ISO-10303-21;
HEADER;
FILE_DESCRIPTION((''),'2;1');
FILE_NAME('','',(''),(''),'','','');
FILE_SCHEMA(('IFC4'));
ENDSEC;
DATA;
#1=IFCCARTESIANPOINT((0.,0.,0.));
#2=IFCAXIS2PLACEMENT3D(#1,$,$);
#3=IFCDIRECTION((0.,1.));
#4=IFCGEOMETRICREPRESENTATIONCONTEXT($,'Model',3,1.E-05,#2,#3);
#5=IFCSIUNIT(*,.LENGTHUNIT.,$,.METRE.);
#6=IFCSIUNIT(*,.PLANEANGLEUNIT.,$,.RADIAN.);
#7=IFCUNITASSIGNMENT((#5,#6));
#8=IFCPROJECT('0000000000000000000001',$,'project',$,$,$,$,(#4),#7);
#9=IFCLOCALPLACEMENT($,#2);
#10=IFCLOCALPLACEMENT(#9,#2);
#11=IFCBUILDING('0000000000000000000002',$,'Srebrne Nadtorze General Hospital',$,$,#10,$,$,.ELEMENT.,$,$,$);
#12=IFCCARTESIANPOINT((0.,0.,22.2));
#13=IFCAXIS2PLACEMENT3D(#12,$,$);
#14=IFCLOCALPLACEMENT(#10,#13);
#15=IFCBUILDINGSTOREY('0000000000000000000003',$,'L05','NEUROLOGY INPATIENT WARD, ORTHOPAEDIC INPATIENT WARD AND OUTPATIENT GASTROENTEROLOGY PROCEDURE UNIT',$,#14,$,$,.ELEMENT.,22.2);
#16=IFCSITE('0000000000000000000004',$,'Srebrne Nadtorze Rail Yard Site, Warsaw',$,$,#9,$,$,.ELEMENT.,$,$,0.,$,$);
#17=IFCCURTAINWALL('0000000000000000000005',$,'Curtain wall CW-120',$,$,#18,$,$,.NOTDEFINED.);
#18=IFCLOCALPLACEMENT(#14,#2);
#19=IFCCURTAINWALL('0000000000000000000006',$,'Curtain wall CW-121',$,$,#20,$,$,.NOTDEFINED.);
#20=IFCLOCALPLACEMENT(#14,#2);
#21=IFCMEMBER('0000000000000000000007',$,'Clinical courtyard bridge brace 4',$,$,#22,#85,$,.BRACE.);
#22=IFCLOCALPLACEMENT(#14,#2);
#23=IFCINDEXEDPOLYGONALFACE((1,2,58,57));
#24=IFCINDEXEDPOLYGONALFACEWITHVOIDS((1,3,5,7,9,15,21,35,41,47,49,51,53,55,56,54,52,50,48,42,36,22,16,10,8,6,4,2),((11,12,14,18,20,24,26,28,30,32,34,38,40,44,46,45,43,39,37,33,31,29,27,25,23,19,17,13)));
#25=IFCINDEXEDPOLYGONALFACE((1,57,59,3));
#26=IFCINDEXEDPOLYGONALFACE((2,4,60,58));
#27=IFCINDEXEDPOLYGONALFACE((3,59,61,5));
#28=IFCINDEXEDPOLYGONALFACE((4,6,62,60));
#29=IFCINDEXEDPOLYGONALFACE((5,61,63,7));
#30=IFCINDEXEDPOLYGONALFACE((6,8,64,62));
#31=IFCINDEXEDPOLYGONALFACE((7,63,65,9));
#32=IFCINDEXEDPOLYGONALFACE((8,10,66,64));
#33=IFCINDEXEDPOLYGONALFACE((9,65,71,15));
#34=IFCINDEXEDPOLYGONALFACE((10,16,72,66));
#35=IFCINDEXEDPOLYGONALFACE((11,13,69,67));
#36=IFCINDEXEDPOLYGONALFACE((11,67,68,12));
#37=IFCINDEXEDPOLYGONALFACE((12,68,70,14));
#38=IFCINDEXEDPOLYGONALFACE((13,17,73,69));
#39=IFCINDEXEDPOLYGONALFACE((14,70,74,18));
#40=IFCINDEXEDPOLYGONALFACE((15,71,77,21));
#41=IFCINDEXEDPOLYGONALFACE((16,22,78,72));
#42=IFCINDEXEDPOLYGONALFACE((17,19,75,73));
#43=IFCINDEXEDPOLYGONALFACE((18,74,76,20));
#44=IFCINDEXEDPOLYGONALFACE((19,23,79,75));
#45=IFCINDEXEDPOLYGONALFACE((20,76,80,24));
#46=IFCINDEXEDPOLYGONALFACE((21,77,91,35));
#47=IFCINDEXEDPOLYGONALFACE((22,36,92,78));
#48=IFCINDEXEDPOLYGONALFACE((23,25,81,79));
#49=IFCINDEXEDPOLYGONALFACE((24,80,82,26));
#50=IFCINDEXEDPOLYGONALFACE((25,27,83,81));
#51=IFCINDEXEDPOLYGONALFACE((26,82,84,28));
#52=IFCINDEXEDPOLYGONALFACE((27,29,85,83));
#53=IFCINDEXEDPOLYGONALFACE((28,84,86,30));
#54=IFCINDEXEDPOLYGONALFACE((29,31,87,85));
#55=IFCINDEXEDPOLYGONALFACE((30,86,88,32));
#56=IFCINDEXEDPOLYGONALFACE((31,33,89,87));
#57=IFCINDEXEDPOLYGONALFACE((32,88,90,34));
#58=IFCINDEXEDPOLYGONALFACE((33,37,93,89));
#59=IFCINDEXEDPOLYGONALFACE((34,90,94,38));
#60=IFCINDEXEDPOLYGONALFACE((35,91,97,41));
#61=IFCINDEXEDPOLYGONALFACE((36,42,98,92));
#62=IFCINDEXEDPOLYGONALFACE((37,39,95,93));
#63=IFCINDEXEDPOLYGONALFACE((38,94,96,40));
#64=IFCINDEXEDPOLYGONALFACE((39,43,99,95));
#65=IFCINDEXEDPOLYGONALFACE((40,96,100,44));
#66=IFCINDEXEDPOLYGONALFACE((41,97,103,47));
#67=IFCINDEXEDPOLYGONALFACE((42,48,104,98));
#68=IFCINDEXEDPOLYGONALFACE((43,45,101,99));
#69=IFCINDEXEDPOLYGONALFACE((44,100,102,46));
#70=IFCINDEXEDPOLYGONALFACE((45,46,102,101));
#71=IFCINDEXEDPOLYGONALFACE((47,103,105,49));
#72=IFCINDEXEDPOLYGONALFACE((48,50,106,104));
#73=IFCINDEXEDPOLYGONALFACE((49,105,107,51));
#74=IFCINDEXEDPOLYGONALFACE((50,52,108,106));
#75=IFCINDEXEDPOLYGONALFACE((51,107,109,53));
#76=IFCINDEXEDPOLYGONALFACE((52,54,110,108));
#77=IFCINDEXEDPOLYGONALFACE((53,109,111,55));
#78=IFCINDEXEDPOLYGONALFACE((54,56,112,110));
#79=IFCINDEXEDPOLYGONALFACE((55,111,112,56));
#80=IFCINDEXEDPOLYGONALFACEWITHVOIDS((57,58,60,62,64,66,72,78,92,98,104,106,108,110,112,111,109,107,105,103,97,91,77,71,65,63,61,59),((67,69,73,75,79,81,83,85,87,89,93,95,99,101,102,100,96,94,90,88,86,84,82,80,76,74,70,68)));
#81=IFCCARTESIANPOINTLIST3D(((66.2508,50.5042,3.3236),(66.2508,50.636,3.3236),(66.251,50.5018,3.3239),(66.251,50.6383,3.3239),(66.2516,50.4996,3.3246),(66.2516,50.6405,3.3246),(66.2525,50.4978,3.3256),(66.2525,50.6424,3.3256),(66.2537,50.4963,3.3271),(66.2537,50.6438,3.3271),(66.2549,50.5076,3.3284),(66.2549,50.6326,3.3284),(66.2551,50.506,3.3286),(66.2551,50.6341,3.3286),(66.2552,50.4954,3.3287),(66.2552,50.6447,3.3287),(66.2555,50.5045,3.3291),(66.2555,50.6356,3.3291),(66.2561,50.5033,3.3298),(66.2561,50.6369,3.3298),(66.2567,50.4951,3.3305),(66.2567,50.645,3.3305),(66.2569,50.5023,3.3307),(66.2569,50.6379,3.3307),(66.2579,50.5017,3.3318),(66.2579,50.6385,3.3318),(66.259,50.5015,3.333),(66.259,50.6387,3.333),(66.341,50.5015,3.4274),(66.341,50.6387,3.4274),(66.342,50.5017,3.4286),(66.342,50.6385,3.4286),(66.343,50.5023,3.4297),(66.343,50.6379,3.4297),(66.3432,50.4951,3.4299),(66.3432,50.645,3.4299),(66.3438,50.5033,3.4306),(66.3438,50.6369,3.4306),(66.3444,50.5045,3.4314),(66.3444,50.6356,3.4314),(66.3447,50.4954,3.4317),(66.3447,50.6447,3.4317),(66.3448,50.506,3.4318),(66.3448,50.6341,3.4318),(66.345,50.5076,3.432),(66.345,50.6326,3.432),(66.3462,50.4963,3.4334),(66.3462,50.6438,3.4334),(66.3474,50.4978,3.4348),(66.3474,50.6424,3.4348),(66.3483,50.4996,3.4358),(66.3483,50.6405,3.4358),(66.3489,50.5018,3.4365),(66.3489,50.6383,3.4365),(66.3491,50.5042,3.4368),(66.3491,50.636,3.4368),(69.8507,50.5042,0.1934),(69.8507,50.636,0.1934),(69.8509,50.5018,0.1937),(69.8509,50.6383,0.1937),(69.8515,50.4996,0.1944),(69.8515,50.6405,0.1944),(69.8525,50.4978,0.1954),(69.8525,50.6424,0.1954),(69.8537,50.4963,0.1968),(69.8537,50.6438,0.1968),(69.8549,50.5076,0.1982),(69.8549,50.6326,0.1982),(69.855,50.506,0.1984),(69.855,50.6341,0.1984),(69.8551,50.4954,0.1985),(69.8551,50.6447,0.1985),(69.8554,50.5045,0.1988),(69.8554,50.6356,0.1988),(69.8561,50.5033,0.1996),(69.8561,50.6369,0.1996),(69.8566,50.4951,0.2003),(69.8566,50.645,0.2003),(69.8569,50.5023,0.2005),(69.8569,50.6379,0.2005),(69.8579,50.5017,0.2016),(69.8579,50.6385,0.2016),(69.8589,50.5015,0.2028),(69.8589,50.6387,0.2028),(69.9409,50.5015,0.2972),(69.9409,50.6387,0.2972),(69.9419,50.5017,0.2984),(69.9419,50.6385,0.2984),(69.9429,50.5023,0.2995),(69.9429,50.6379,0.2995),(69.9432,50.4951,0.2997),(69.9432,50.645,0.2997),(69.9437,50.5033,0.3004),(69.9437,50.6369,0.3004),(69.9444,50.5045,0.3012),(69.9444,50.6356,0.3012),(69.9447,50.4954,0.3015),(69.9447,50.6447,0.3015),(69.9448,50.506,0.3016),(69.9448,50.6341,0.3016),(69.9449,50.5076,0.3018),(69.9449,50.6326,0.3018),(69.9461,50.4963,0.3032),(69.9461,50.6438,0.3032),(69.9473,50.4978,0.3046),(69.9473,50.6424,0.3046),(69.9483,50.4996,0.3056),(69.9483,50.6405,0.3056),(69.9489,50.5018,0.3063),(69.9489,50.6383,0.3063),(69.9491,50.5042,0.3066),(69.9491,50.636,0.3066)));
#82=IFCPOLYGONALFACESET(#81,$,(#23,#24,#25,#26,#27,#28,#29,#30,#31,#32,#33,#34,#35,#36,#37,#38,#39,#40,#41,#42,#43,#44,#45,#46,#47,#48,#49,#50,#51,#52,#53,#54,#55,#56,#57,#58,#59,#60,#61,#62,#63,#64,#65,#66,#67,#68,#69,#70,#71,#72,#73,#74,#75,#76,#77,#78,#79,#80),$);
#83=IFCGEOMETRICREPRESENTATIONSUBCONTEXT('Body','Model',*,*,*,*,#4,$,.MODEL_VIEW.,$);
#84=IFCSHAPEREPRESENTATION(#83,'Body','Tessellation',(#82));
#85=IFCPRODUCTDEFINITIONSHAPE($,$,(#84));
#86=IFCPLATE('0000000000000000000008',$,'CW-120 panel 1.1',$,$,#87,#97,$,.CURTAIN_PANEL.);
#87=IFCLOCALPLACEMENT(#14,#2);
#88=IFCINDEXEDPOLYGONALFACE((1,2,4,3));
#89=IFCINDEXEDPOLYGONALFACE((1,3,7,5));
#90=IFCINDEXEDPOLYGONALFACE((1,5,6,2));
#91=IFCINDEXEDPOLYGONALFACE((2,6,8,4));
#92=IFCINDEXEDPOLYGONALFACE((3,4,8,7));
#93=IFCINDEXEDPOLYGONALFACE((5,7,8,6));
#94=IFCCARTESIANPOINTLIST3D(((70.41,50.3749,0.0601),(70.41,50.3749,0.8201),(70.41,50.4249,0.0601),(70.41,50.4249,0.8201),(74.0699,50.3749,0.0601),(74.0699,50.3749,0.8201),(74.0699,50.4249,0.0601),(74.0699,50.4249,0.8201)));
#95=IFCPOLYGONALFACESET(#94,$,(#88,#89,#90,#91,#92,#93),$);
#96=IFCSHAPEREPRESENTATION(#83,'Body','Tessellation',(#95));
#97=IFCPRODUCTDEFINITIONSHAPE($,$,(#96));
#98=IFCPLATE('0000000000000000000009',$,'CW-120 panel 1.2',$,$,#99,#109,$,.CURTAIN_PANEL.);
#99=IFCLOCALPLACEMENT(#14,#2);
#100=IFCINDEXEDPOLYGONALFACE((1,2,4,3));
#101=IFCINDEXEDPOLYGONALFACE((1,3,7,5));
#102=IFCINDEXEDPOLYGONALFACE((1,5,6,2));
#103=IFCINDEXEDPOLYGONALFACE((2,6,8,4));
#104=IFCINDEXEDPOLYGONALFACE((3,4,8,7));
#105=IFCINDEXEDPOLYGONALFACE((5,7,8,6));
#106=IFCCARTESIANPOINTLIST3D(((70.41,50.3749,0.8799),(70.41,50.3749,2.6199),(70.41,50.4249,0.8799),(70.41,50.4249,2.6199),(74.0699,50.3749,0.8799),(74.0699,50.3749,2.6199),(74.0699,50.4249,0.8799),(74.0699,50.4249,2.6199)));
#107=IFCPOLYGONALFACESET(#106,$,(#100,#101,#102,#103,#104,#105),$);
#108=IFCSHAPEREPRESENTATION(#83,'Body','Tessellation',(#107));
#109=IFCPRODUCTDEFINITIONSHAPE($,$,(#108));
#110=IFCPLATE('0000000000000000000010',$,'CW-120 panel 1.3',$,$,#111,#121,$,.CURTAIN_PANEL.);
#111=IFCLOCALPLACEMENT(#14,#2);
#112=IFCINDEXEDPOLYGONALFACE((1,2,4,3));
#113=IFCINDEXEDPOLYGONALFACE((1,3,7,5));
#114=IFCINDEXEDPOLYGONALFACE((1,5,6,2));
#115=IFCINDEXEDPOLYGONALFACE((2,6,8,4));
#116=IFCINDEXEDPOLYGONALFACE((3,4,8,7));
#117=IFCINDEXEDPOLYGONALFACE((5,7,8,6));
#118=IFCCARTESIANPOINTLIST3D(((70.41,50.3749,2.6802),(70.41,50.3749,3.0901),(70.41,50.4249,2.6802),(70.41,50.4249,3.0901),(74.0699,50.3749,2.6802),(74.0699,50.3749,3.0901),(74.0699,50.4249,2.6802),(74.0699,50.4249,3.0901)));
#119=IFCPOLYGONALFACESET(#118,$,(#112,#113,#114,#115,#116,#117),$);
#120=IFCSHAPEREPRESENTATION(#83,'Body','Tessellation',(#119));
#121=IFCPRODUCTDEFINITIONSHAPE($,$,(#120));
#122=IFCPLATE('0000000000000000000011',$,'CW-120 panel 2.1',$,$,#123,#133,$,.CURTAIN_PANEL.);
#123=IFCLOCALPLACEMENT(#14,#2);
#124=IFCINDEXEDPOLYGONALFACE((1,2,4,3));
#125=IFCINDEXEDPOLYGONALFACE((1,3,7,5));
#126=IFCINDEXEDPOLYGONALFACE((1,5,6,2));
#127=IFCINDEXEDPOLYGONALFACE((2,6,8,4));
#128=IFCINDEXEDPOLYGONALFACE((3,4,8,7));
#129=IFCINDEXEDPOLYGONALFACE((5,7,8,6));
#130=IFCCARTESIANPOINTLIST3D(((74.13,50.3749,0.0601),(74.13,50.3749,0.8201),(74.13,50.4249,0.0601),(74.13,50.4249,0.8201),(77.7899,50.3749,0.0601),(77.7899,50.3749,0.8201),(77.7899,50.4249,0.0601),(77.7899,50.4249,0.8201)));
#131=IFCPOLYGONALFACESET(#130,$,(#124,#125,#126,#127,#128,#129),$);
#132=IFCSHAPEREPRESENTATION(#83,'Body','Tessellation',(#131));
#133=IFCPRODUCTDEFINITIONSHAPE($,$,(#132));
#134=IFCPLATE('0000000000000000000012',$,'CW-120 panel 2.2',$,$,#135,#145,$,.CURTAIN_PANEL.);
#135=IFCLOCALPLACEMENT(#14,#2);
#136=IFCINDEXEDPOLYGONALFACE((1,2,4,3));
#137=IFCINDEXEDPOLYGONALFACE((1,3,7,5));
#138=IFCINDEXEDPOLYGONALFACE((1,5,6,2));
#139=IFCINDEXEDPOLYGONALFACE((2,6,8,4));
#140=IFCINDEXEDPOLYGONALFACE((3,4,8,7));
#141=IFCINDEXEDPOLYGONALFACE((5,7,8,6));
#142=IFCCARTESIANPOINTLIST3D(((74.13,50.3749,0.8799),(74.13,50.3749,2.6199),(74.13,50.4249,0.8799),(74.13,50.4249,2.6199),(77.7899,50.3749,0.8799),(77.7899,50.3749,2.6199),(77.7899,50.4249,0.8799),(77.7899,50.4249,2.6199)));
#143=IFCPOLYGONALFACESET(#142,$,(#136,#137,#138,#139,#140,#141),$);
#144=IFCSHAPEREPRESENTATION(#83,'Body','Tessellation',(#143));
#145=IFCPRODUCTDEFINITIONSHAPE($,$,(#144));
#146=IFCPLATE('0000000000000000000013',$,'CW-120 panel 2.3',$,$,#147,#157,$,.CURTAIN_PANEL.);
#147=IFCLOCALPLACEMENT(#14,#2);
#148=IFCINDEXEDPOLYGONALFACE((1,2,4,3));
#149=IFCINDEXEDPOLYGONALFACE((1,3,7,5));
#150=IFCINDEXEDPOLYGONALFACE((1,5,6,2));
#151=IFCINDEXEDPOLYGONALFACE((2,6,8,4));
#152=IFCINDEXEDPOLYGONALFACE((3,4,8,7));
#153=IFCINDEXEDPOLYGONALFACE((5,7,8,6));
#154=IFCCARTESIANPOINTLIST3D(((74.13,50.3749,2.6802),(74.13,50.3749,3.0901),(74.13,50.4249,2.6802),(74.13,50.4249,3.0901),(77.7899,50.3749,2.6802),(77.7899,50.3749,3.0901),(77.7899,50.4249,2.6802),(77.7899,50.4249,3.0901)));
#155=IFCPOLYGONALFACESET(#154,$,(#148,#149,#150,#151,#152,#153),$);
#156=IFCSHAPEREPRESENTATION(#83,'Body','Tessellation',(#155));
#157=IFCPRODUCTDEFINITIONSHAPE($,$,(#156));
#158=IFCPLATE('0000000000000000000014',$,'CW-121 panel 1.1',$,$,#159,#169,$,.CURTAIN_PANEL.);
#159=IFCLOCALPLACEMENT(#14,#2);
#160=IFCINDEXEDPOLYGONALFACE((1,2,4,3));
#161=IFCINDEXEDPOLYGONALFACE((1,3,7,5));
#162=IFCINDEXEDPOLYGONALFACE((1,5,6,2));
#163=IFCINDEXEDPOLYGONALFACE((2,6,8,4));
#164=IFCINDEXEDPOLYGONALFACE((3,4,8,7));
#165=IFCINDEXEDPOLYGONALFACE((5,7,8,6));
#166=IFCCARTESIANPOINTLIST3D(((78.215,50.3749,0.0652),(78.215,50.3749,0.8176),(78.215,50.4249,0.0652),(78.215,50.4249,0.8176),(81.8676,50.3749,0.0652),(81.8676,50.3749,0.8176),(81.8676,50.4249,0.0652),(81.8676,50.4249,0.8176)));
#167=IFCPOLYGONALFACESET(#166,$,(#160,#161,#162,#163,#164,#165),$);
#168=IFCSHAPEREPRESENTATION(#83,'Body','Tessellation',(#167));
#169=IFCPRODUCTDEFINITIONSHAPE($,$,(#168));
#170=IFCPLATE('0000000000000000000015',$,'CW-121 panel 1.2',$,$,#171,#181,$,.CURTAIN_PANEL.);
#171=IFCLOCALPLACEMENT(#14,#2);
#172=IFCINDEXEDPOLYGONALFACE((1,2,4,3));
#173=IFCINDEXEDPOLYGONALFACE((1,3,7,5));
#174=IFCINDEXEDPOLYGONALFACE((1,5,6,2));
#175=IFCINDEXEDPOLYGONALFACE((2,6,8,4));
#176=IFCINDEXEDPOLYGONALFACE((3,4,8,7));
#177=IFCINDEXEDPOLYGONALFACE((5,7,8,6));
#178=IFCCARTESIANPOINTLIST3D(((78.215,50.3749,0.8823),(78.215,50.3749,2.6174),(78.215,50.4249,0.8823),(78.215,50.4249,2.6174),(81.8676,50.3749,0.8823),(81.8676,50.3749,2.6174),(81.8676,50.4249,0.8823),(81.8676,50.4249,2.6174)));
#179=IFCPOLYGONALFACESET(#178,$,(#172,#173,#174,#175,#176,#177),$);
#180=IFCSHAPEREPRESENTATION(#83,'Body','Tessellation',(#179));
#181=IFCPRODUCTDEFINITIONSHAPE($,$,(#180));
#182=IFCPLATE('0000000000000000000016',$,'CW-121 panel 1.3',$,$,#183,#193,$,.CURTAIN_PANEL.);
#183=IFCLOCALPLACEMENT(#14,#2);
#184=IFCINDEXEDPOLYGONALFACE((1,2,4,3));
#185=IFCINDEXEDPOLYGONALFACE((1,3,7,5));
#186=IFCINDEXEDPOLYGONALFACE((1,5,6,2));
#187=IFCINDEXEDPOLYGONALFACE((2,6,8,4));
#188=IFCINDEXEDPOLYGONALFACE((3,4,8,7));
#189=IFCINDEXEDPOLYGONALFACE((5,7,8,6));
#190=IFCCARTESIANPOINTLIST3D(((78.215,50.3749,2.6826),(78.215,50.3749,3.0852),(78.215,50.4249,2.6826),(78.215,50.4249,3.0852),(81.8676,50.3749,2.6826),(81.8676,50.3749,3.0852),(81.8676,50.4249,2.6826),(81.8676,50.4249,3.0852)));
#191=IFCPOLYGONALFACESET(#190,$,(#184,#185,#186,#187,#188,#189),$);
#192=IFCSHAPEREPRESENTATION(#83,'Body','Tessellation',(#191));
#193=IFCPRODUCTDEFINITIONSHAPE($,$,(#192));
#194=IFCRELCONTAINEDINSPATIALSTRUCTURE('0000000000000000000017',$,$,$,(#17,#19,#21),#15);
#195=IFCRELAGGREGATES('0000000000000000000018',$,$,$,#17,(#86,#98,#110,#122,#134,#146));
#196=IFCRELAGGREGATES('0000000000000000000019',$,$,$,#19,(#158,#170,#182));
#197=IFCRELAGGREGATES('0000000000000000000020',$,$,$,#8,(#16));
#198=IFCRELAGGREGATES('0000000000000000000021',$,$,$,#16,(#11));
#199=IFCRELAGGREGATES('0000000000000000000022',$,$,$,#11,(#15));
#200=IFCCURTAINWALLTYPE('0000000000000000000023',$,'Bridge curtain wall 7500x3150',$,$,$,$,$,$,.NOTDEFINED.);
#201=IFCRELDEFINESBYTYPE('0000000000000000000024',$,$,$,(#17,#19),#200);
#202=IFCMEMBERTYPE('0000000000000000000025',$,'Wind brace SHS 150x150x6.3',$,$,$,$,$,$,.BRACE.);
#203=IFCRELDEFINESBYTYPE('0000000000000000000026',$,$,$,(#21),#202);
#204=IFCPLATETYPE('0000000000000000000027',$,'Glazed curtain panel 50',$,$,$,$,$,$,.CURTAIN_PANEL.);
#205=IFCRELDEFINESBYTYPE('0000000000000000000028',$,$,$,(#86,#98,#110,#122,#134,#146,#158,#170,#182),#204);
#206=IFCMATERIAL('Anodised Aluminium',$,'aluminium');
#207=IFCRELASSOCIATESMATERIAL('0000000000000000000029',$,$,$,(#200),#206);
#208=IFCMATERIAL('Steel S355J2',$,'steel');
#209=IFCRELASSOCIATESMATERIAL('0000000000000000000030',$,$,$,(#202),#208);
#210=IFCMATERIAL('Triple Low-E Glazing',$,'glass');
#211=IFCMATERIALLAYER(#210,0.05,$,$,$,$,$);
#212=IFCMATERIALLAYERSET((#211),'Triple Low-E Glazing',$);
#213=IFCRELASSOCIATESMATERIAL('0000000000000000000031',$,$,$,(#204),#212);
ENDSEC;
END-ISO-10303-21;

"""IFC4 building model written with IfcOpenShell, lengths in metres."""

from ifc_helpers import new_model, si_unit, direction, frame, origin, origin_2d, place, context, subcontext, project, spatial, rectangle, hollow_rectangle, extrude, material, layer, layer_set, material_profile, profile_set, type_object, element, aggregate, save


model = new_model("IFC4")

# Units and contexts
model_context = context("Model", 3, precision=1e-05, world=origin(), true_north=direction((0.0, 1.0)))
body_context = subcontext(model_context, "Body", "Model", "MODEL_VIEW")
ifc_project = project(units=[si_unit("LENGTHUNIT", "METRE"), si_unit("PLANEANGLEUNIT", "RADIAN")], contexts=[model_context])

# Site, building, storey
site_placement = place(None, origin())
site = spatial("IfcSite", under=ifc_project, at=site_placement, Name="Srebrne Nadtorze Rail Yard Site, Warsaw", CompositionType="ELEMENT", RefElevation=0.0)
building_placement = place(site_placement, origin())
building = spatial("IfcBuilding", under=site, at=building_placement, Name="Srebrne Nadtorze General Hospital", CompositionType="ELEMENT")
storey_placement = place(building_placement, frame((0.0, 0.0, 22.2)))
storey = spatial("IfcBuildingStorey", under=building, at=storey_placement, Name="L05", Description="NEUROLOGY INPATIENT WARD, ORTHOPAEDIC INPATIENT WARD AND OUTPATIENT GASTROENTEROLOGY PROCEDURE UNIT", CompositionType="ELEMENT", Elevation=22.2)

# Curtain wall
ifc_material_1 = material(Name="Anodised Aluminium", Category="aluminium")
curtain_wall_type = type_object("IfcCurtainWallType", Name="Bridge curtain wall 7500x3150", PredefinedType="NOTDEFINED", material=ifc_material_1)
curtain_wall_1_placement = place(storey_placement, origin())
curtain_wall_1 = element("IfcCurtainWall", 1, at=curtain_wall_1_placement, inside=storey, type_object=curtain_wall_type, Name="Curtain wall CW-120", PredefinedType="NOTDEFINED")

# Curtain wall
curtain_wall_2_placement = place(storey_placement, origin())
curtain_wall_2 = element("IfcCurtainWall", 2, at=curtain_wall_2_placement, inside=storey, type_object=curtain_wall_type, Name="Curtain wall CW-121", PredefinedType="NOTDEFINED")

# Member
ifc_material_2 = material(Name="Steel S355J2", Category="steel")
ifc_material_profile_1 = material_profile(ifc_material_2, hollow_rectangle(XDim=0.1499, YDim=0.1499, WallThickness=0.0063, InnerFilletRadius=0.0061, OuterFilletRadius=0.009, at=origin_2d()), Name="SHS-150x150x6.3")
ifc_profile_set_1 = profile_set([ifc_material_profile_1], Name="Steel S355J2")
member_type_1 = type_object("IfcMemberType", Name="Wind brace SHS 150x150x6.3", PredefinedType="BRACE", material=ifc_profile_set_1)
member_1_placement = place(storey_placement, frame((69.8999, 50.5701, 0.25), z_axis=(-0.754624, 0.0, 0.656157), x_axis=(0.0, -1.0, 0.0)))
element("IfcMember", 3, at=member_1_placement, inside=storey, type_object=member_type_1, Name="Clinical courtyard bridge brace 4", PredefinedType="BRACE", context=body_context, shape_type="SweptSolid", body=[
    extrude(hollow_rectangle(XDim=0.1499, YDim=0.1499, WallThickness=0.0063, InnerFilletRadius=0.0061, OuterFilletRadius=0.009, at=origin_2d()), origin(), (0.0, 0.0, 1.0), 4.7705),
])

# Plates
ifc_material_3 = material(Name="Triple Low-E Glazing", Category="glass")
ifc_layer = layer(ifc_material_3, 0.05)
ifc_layer_set = layer_set([ifc_layer], Name="Triple Low-E Glazing")
plate_type = type_object("IfcPlateType", Name="Glazed curtain panel 50", PredefinedType="CURTAIN_PANEL", material=ifc_layer_set)
plate_1_placement = place(storey_placement, frame((72.24, 50.3999, 0.0601), z_axis=(0.0, 0.0, 1.0), x_axis=(1.0, 0.0, 0.0)))
plate_1 = element("IfcPlate", 4, at=plate_1_placement, type_object=plate_type, Name="CW-120 panel 1.1", PredefinedType="CURTAIN_PANEL", context=body_context, shape_type="SweptSolid", body=[
    extrude(rectangle(XDim=3.6599, YDim=0.05, at=origin_2d()), origin(), (0.0, 0.0, 1.0), 0.76),
])
plate_2_placement = place(storey_placement, frame((72.24, 50.3999, 0.8799), z_axis=(0.0, 0.0, 1.0), x_axis=(1.0, 0.0, 0.0)))
plate_2 = element("IfcPlate", 5, at=plate_2_placement, type_object=plate_type, Name="CW-120 panel 1.2", PredefinedType="CURTAIN_PANEL", context=body_context, shape_type="SweptSolid", body=[
    extrude(rectangle(XDim=3.6599, YDim=0.05, at=origin_2d()), origin(), (0.0, 0.0, 1.0), 1.74),
])
plate_3_placement = place(storey_placement, frame((72.24, 50.3999, 2.6802), z_axis=(0.0, 0.0, 1.0), x_axis=(1.0, 0.0, 0.0)))
plate_3 = element("IfcPlate", 6, at=plate_3_placement, type_object=plate_type, Name="CW-120 panel 1.3", PredefinedType="CURTAIN_PANEL", context=body_context, shape_type="SweptSolid", body=[
    extrude(rectangle(XDim=3.6599, YDim=0.05, at=origin_2d()), origin(), (0.0, 0.0, 1.0), 0.4099),
])
plate_4_placement = place(storey_placement, frame((75.96, 50.3999, 0.0601), z_axis=(0.0, 0.0, 1.0), x_axis=(1.0, 0.0, 0.0)))
plate_4 = element("IfcPlate", 7, at=plate_4_placement, type_object=plate_type, Name="CW-120 panel 2.1", PredefinedType="CURTAIN_PANEL", context=body_context, shape_type="SweptSolid", body=[
    extrude(rectangle(XDim=3.6599, YDim=0.05, at=origin_2d()), origin(), (0.0, 0.0, 1.0), 0.76),
])
plate_5_placement = place(storey_placement, frame((75.96, 50.3999, 0.8799), z_axis=(0.0, 0.0, 1.0), x_axis=(1.0, 0.0, 0.0)))
plate_5 = element("IfcPlate", 8, at=plate_5_placement, type_object=plate_type, Name="CW-120 panel 2.2", PredefinedType="CURTAIN_PANEL", context=body_context, shape_type="SweptSolid", body=[
    extrude(rectangle(XDim=3.6599, YDim=0.05, at=origin_2d()), origin(), (0.0, 0.0, 1.0), 1.74),
])
plate_6_placement = place(storey_placement, frame((75.96, 50.3999, 2.6802), z_axis=(0.0, 0.0, 1.0), x_axis=(1.0, 0.0, 0.0)))
plate_6 = element("IfcPlate", 9, at=plate_6_placement, type_object=plate_type, Name="CW-120 panel 2.3", PredefinedType="CURTAIN_PANEL", context=body_context, shape_type="SweptSolid", body=[
    extrude(rectangle(XDim=3.6599, YDim=0.05, at=origin_2d()), origin(), (0.0, 0.0, 1.0), 0.4099),
])
aggregate(curtain_wall_1, [plate_1, plate_2, plate_3, plate_4, plate_5, plate_6])
plate_7_placement = place(storey_placement, frame((80.0413, 50.3999, 0.0652), z_axis=(0.0, 0.0, 1.0), x_axis=(1.0, 0.0, 0.0)))
plate_7 = element("IfcPlate", 10, at=plate_7_placement, type_object=plate_type, Name="CW-121 panel 1.1", PredefinedType="CURTAIN_PANEL", context=body_context, shape_type="SweptSolid", body=[
    extrude(rectangle(XDim=3.6526, YDim=0.05, at=origin_2d()), origin(), (0.0, 0.0, 1.0), 0.7524),
])
plate_8_placement = place(storey_placement, frame((80.0413, 50.3999, 0.8823), z_axis=(0.0, 0.0, 1.0), x_axis=(1.0, 0.0, 0.0)))
plate_8 = element("IfcPlate", 11, at=plate_8_placement, type_object=plate_type, Name="CW-121 panel 1.2", PredefinedType="CURTAIN_PANEL", context=body_context, shape_type="SweptSolid", body=[
    extrude(rectangle(XDim=3.6526, YDim=0.05, at=origin_2d()), origin(), (0.0, 0.0, 1.0), 1.7351),
])
plate_9_placement = place(storey_placement, frame((80.0413, 50.3999, 2.6826), z_axis=(0.0, 0.0, 1.0), x_axis=(1.0, 0.0, 0.0)))
plate_9 = element("IfcPlate", 12, at=plate_9_placement, type_object=plate_type, Name="CW-121 panel 1.3", PredefinedType="CURTAIN_PANEL", context=body_context, shape_type="SweptSolid", body=[
    extrude(rectangle(XDim=3.6526, YDim=0.05, at=origin_2d()), origin(), (0.0, 0.0, 1.0), 0.4026),
])
aggregate(curtain_wall_2, [plate_7, plate_8, plate_9])

save(model, "model.ifc")
